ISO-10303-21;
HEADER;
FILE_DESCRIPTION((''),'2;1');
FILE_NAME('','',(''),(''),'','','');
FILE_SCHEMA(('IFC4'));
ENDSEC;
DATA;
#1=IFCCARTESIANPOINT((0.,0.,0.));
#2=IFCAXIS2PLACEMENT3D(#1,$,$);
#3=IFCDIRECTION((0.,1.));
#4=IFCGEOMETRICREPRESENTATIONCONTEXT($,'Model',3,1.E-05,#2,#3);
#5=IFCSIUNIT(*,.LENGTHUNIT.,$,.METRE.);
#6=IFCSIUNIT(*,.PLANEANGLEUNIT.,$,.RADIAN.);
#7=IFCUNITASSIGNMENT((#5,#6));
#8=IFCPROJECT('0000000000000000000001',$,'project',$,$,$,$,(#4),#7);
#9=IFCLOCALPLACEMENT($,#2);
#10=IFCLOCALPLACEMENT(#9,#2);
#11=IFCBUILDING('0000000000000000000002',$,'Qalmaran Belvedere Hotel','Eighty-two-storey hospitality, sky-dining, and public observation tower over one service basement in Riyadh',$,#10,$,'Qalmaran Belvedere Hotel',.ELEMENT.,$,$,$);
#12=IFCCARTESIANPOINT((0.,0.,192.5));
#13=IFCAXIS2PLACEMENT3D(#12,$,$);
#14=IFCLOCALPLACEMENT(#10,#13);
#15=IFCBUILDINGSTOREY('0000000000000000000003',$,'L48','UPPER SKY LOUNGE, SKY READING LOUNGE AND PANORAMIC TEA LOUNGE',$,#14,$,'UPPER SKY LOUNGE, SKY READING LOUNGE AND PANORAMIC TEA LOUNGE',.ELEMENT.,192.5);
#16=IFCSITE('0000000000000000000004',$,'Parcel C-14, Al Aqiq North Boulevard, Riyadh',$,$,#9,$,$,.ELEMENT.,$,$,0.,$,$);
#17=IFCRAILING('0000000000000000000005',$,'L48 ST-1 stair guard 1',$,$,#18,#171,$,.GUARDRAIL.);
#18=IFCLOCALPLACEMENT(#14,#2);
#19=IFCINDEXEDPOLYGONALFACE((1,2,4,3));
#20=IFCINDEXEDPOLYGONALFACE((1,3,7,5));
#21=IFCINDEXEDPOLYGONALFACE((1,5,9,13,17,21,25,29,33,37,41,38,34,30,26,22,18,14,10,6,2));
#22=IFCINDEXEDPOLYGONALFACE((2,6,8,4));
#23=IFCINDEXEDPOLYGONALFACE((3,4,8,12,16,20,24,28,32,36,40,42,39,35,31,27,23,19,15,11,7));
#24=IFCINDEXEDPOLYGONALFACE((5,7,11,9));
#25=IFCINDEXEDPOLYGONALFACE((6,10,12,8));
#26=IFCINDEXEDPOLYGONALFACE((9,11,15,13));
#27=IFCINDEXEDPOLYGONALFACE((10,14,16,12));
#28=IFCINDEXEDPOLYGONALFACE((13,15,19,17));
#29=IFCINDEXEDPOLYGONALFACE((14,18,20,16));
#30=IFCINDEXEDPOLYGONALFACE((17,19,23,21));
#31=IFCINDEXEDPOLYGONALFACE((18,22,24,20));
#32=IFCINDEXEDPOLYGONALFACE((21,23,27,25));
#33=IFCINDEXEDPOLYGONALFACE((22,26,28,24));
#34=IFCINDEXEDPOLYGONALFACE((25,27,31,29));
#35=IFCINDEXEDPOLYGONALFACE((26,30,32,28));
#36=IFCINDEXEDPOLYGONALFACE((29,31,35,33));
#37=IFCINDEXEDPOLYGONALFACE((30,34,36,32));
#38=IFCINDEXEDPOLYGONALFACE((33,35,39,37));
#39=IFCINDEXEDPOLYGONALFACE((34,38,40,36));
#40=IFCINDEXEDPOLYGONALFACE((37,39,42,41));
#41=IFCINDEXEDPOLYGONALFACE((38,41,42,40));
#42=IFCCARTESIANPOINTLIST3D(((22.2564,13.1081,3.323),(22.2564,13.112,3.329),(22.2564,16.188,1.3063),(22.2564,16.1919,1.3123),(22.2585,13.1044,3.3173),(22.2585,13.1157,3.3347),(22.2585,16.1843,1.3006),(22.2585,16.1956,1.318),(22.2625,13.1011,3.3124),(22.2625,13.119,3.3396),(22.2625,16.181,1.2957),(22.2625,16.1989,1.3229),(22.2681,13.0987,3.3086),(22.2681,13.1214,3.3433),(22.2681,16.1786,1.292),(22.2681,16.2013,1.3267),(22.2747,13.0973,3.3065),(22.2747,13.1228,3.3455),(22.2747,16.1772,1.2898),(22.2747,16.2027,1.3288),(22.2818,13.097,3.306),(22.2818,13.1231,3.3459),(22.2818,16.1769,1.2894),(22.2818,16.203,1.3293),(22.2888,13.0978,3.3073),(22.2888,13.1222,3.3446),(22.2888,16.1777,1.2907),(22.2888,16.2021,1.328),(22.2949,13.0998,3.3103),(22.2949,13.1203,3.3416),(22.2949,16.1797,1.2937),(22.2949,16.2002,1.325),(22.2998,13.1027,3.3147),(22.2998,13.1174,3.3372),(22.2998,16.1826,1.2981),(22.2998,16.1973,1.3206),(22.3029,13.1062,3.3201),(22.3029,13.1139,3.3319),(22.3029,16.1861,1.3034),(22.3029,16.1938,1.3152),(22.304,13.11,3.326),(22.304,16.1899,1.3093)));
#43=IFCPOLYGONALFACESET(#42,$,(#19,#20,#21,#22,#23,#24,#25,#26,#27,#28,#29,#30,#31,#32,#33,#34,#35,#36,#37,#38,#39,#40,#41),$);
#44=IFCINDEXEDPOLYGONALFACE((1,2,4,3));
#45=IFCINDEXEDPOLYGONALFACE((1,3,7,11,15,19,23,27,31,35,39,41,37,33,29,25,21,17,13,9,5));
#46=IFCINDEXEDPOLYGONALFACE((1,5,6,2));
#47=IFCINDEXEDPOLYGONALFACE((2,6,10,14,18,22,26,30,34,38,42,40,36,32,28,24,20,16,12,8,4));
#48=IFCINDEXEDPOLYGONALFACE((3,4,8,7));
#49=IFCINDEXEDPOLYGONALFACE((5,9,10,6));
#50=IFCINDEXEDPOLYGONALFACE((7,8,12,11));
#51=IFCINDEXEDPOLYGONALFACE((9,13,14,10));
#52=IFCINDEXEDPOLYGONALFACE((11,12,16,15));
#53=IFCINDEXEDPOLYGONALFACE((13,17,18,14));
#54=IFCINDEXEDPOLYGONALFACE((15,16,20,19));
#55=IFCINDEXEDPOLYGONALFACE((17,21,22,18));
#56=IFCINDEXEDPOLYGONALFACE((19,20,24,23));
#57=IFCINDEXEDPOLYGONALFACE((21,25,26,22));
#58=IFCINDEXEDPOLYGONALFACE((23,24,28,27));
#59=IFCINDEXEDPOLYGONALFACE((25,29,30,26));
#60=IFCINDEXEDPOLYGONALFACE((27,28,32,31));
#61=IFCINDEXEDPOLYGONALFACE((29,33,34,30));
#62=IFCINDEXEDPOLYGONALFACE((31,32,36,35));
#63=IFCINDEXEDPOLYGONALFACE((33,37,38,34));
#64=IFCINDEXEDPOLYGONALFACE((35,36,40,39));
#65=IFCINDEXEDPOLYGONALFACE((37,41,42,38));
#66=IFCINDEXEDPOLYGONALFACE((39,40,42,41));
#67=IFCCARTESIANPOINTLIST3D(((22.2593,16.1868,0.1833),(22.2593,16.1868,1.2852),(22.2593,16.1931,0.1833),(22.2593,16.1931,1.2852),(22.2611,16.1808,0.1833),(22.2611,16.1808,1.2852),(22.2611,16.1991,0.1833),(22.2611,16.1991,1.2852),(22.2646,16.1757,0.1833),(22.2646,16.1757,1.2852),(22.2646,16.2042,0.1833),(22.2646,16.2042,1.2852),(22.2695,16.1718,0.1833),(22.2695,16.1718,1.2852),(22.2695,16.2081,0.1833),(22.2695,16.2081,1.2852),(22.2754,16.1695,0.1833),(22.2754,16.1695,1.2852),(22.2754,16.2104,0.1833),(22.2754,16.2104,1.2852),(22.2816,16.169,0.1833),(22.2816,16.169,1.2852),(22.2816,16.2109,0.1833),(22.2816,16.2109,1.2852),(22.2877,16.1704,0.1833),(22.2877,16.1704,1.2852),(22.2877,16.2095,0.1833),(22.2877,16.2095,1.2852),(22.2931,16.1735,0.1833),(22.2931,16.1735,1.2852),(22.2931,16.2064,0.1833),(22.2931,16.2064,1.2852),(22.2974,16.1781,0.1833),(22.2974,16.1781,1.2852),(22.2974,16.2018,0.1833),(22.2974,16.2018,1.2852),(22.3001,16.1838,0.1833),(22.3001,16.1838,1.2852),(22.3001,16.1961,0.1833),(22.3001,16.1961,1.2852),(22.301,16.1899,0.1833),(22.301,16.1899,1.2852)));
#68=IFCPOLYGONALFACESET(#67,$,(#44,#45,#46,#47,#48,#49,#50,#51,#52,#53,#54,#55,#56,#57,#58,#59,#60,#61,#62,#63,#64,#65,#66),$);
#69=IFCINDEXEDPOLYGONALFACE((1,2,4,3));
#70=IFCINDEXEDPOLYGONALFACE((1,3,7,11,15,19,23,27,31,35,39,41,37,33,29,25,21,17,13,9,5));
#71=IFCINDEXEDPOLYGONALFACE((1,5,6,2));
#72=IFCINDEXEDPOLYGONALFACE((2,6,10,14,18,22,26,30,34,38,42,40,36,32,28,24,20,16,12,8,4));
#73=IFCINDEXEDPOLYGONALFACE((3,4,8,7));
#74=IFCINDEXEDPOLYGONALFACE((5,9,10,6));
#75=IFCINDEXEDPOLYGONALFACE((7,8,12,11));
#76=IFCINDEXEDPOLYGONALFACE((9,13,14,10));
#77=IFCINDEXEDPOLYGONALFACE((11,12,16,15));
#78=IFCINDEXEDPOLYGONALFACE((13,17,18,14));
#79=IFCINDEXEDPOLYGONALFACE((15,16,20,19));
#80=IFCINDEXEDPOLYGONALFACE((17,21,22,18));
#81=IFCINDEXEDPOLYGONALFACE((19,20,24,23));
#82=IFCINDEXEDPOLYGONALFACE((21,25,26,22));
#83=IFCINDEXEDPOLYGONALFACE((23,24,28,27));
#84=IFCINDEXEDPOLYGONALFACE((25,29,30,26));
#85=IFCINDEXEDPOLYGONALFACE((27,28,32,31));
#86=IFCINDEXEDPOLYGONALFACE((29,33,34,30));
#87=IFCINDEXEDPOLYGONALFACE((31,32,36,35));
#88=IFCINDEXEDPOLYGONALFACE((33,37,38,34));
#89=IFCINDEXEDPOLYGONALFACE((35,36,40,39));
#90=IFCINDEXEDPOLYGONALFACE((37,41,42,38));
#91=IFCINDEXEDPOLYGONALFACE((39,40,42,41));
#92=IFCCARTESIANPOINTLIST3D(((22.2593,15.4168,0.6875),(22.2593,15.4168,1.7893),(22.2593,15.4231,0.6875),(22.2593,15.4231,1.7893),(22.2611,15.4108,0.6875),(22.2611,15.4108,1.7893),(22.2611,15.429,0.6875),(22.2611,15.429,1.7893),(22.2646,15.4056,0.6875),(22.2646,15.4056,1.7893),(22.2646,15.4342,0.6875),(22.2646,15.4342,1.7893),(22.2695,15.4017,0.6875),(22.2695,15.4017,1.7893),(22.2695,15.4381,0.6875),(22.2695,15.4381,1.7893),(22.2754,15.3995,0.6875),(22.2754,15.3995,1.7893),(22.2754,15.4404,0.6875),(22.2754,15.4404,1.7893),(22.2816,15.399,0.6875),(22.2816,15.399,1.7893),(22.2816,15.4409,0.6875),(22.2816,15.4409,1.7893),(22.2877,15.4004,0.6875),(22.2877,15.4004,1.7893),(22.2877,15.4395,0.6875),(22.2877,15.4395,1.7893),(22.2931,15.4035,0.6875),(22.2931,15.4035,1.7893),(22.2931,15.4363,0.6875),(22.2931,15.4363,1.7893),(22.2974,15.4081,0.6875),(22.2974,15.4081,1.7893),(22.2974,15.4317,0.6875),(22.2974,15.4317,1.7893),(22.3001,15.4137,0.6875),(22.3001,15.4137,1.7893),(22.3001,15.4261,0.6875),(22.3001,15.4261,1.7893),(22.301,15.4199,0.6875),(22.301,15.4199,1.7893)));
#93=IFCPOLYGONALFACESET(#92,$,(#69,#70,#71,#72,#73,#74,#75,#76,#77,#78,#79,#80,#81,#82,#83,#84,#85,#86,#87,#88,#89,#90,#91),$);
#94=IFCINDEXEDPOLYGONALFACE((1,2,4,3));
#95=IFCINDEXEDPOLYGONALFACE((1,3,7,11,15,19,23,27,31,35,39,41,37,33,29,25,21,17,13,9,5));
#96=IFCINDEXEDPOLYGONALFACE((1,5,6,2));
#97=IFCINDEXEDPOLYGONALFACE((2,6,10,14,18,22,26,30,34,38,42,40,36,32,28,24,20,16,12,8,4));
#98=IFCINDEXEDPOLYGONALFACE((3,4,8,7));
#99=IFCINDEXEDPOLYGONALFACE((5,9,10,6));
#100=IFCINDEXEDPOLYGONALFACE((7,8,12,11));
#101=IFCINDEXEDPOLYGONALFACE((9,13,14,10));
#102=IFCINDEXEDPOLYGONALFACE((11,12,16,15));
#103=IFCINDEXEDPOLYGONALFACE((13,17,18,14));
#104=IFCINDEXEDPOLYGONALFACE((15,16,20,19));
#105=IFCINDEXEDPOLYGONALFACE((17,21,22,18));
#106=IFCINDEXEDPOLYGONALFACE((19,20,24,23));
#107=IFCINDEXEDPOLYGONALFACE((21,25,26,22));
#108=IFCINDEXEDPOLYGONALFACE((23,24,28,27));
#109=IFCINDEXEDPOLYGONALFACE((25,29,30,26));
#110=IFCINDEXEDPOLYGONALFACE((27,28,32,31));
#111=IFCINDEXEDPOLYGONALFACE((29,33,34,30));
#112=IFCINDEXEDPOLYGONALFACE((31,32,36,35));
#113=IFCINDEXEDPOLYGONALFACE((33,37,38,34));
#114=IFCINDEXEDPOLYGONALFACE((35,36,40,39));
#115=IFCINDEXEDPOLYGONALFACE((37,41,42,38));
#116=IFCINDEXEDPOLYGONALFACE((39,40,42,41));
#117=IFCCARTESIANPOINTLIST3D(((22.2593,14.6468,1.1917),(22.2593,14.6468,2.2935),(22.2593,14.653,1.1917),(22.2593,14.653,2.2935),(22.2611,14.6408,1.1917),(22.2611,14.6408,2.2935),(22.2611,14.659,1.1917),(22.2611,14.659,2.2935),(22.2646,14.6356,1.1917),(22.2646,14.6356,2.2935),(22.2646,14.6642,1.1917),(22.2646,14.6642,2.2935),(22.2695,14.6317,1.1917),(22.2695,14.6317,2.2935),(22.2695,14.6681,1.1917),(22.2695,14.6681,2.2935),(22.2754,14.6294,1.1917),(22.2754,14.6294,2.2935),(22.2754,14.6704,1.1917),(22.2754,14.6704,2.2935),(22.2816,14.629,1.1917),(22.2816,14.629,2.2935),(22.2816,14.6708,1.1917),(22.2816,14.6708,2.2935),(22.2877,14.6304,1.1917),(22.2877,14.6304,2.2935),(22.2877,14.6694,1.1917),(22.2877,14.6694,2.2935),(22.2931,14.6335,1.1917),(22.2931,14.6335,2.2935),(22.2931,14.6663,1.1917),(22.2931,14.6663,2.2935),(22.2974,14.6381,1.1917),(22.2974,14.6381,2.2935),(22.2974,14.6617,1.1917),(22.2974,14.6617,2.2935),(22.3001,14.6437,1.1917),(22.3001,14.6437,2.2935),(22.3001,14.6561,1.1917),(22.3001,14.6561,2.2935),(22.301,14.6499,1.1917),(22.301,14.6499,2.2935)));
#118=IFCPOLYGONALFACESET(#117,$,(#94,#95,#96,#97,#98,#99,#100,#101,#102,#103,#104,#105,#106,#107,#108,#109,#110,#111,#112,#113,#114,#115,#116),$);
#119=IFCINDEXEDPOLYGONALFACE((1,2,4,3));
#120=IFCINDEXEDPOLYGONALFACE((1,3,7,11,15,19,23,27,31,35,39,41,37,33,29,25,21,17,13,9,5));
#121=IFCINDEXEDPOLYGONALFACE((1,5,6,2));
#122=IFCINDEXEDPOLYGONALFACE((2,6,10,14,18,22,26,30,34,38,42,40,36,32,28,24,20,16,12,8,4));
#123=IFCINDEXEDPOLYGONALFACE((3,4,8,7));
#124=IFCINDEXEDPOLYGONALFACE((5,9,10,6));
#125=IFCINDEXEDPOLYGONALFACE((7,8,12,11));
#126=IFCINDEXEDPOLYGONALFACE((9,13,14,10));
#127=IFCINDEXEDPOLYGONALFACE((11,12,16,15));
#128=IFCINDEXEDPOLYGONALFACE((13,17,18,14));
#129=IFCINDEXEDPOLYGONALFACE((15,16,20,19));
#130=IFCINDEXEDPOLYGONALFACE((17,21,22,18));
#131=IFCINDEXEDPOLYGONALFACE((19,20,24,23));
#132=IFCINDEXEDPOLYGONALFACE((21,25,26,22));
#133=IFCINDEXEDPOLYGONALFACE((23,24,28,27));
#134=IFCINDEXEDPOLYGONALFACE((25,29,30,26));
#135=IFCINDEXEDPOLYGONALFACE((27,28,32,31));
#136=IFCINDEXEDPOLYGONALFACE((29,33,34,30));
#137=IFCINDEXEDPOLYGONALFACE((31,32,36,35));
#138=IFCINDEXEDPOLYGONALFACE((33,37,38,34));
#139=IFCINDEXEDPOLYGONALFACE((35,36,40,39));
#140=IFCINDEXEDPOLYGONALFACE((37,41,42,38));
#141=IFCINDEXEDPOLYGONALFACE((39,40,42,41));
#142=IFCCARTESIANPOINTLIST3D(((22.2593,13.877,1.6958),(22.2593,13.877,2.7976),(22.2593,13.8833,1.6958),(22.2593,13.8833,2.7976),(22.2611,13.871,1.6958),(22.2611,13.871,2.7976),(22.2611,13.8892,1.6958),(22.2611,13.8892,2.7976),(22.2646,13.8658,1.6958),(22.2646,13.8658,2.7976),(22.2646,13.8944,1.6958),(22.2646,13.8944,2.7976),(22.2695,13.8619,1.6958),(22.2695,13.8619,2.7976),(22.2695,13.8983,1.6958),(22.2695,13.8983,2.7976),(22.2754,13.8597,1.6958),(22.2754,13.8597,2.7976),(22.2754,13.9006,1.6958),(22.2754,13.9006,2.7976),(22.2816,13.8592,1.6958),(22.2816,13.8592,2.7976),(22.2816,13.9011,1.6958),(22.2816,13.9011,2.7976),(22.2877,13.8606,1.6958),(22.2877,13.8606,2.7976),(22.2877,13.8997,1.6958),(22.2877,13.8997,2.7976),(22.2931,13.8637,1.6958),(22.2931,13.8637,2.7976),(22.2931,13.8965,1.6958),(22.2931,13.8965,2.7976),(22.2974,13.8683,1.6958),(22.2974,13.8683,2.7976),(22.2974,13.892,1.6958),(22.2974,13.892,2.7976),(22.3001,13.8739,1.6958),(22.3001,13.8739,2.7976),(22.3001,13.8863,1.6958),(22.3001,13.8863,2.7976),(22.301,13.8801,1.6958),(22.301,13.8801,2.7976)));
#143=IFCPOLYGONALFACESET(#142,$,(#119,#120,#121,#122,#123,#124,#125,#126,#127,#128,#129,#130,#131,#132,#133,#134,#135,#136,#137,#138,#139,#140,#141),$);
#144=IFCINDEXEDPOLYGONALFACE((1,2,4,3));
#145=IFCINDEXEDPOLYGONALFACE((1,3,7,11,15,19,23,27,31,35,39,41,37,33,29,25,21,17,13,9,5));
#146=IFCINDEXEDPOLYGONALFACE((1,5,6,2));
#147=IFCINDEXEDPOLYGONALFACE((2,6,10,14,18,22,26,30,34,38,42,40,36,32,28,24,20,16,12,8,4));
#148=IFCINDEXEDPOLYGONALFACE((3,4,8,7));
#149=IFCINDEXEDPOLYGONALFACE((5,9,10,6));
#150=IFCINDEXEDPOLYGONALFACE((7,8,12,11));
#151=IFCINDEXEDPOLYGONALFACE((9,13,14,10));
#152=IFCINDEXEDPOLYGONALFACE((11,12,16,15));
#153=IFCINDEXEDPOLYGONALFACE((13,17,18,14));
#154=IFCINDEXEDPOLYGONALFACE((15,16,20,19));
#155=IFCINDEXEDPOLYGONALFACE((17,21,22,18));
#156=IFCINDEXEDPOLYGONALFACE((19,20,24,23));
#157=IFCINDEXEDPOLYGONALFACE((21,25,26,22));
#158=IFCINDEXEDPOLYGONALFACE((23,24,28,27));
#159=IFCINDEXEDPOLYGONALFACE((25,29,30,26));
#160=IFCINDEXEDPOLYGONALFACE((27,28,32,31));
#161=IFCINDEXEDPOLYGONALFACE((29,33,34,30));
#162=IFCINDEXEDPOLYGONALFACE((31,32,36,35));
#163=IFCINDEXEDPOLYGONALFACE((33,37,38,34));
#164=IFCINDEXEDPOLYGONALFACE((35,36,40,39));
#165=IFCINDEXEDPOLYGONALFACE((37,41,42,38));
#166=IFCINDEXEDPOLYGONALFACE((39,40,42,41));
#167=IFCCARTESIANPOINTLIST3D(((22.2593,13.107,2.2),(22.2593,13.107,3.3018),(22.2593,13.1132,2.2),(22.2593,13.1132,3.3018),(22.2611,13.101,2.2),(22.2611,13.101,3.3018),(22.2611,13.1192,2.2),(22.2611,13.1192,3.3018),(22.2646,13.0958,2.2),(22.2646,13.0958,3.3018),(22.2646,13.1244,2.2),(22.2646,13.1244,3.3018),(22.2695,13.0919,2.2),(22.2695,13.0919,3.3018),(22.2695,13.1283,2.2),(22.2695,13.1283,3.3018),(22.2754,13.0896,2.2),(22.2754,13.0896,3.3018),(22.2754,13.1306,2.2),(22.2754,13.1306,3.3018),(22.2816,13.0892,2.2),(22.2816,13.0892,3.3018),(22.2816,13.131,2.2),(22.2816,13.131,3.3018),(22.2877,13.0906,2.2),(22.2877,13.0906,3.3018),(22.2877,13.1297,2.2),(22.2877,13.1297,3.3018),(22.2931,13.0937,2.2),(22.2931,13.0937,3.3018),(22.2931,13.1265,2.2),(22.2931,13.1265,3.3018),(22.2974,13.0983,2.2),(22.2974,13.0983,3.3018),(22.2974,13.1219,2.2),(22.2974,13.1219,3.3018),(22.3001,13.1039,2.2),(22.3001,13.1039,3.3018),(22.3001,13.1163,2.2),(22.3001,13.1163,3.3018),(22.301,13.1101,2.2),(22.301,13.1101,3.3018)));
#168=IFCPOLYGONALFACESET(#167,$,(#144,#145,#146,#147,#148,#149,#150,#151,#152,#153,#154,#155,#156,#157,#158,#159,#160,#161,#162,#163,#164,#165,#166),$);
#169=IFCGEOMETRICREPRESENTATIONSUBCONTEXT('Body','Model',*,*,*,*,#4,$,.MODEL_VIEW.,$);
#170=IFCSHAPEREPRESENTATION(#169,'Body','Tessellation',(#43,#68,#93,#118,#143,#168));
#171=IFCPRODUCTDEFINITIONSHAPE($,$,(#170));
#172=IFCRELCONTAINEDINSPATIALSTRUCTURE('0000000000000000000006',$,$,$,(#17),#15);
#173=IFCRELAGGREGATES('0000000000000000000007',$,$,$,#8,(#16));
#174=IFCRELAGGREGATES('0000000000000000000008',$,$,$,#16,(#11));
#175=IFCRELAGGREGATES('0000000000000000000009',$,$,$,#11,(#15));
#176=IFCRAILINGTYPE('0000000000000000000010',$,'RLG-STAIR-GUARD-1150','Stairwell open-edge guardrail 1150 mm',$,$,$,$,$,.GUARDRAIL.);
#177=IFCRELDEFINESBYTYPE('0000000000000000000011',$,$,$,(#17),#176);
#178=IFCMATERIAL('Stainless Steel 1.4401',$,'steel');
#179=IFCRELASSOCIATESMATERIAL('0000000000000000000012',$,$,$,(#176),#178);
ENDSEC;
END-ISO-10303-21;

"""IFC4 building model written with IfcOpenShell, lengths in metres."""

from ifc_helpers import new_model, si_unit, direction, frame, origin, origin_2d, place, context, subcontext, project, spatial, circle, extrude, material, type_object, element, save


model = new_model("IFC4")

# Units and contexts
model_context = context("Model", 3, precision=1e-05, world=origin(), true_north=direction((0.0, 1.0)))
body_context = subcontext(model_context, "Body", "Model", "MODEL_VIEW")
ifc_project = project(units=[si_unit("LENGTHUNIT", "METRE"), si_unit("PLANEANGLEUNIT", "RADIAN")], contexts=[model_context])

# Site, building, storey
site_placement = place(None, origin())
site = spatial("IfcSite", under=ifc_project, at=site_placement, Name="Parcel C-14, Al Aqiq North Boulevard, Riyadh", CompositionType="ELEMENT", RefElevation=0.0)
building_placement = place(site_placement, origin())
building = spatial("IfcBuilding", under=site, at=building_placement, Name="Qalmaran Belvedere Hotel", Description="Eighty-two-storey hospitality, sky-dining, and public observation tower over one service basement in Riyadh", LongName="Qalmaran Belvedere Hotel", CompositionType="ELEMENT")
storey_placement = place(building_placement, frame((0.0, 0.0, 192.5)))
storey = spatial("IfcBuildingStorey", under=building, at=storey_placement, Name="L48", Description="UPPER SKY LOUNGE, SKY READING LOUNGE AND PANORAMIC TEA LOUNGE", LongName="UPPER SKY LOUNGE, SKY READING LOUNGE AND PANORAMIC TEA LOUNGE", CompositionType="ELEMENT", Elevation=192.5)

# Railing
ifc_material_1 = material(Name="Stainless Steel 1.4401", Category="steel")
railing_type_1 = type_object("IfcRailingType", Name="RLG-STAIR-GUARD-1150", Description="Stairwell open-edge guardrail 1150 mm", PredefinedType="GUARDRAIL", material=ifc_material_1)
railing_1_placement = place(storey_placement, frame((22.28, 16.1899, 0.1833)))
element("IfcRailing", 1, at=railing_1_placement, inside=storey, type_object=railing_type_1, Name="L48 ST-1 stair guard 1", PredefinedType="GUARDRAIL", context=body_context, shape_type="SweptSolid", body=[
    extrude(circle(Radius=0.0239, at=origin_2d()), frame((0.0, 0.0, 1.126), z_axis=(0.0, -0.836613, 0.547794), x_axis=(1.0, 0.0, 0.0)), (0.0, 0.0, 1.0), 3.6814),
    extrude(circle(Radius=0.021, at=origin_2d()), origin(), (0.0, 0.0, 1.0), 1.1018),
    extrude(circle(Radius=0.021, at=origin_2d()), frame((0.0, -0.77, 0.5042)), (0.0, 0.0, 1.0), 1.1018),
    extrude(circle(Radius=0.021, at=origin_2d()), frame((0.0, -1.54, 1.0083)), (0.0, 0.0, 1.0), 1.1018),
    extrude(circle(Radius=0.021, at=origin_2d()), frame((0.0, -2.3098, 1.5125)), (0.0, 0.0, 1.0), 1.1018),
    extrude(circle(Radius=0.021, at=origin_2d()), frame((0.0, -3.0798, 2.0166)), (0.0, 0.0, 1.0), 1.1018),
])

save(model, "model.ifc")
